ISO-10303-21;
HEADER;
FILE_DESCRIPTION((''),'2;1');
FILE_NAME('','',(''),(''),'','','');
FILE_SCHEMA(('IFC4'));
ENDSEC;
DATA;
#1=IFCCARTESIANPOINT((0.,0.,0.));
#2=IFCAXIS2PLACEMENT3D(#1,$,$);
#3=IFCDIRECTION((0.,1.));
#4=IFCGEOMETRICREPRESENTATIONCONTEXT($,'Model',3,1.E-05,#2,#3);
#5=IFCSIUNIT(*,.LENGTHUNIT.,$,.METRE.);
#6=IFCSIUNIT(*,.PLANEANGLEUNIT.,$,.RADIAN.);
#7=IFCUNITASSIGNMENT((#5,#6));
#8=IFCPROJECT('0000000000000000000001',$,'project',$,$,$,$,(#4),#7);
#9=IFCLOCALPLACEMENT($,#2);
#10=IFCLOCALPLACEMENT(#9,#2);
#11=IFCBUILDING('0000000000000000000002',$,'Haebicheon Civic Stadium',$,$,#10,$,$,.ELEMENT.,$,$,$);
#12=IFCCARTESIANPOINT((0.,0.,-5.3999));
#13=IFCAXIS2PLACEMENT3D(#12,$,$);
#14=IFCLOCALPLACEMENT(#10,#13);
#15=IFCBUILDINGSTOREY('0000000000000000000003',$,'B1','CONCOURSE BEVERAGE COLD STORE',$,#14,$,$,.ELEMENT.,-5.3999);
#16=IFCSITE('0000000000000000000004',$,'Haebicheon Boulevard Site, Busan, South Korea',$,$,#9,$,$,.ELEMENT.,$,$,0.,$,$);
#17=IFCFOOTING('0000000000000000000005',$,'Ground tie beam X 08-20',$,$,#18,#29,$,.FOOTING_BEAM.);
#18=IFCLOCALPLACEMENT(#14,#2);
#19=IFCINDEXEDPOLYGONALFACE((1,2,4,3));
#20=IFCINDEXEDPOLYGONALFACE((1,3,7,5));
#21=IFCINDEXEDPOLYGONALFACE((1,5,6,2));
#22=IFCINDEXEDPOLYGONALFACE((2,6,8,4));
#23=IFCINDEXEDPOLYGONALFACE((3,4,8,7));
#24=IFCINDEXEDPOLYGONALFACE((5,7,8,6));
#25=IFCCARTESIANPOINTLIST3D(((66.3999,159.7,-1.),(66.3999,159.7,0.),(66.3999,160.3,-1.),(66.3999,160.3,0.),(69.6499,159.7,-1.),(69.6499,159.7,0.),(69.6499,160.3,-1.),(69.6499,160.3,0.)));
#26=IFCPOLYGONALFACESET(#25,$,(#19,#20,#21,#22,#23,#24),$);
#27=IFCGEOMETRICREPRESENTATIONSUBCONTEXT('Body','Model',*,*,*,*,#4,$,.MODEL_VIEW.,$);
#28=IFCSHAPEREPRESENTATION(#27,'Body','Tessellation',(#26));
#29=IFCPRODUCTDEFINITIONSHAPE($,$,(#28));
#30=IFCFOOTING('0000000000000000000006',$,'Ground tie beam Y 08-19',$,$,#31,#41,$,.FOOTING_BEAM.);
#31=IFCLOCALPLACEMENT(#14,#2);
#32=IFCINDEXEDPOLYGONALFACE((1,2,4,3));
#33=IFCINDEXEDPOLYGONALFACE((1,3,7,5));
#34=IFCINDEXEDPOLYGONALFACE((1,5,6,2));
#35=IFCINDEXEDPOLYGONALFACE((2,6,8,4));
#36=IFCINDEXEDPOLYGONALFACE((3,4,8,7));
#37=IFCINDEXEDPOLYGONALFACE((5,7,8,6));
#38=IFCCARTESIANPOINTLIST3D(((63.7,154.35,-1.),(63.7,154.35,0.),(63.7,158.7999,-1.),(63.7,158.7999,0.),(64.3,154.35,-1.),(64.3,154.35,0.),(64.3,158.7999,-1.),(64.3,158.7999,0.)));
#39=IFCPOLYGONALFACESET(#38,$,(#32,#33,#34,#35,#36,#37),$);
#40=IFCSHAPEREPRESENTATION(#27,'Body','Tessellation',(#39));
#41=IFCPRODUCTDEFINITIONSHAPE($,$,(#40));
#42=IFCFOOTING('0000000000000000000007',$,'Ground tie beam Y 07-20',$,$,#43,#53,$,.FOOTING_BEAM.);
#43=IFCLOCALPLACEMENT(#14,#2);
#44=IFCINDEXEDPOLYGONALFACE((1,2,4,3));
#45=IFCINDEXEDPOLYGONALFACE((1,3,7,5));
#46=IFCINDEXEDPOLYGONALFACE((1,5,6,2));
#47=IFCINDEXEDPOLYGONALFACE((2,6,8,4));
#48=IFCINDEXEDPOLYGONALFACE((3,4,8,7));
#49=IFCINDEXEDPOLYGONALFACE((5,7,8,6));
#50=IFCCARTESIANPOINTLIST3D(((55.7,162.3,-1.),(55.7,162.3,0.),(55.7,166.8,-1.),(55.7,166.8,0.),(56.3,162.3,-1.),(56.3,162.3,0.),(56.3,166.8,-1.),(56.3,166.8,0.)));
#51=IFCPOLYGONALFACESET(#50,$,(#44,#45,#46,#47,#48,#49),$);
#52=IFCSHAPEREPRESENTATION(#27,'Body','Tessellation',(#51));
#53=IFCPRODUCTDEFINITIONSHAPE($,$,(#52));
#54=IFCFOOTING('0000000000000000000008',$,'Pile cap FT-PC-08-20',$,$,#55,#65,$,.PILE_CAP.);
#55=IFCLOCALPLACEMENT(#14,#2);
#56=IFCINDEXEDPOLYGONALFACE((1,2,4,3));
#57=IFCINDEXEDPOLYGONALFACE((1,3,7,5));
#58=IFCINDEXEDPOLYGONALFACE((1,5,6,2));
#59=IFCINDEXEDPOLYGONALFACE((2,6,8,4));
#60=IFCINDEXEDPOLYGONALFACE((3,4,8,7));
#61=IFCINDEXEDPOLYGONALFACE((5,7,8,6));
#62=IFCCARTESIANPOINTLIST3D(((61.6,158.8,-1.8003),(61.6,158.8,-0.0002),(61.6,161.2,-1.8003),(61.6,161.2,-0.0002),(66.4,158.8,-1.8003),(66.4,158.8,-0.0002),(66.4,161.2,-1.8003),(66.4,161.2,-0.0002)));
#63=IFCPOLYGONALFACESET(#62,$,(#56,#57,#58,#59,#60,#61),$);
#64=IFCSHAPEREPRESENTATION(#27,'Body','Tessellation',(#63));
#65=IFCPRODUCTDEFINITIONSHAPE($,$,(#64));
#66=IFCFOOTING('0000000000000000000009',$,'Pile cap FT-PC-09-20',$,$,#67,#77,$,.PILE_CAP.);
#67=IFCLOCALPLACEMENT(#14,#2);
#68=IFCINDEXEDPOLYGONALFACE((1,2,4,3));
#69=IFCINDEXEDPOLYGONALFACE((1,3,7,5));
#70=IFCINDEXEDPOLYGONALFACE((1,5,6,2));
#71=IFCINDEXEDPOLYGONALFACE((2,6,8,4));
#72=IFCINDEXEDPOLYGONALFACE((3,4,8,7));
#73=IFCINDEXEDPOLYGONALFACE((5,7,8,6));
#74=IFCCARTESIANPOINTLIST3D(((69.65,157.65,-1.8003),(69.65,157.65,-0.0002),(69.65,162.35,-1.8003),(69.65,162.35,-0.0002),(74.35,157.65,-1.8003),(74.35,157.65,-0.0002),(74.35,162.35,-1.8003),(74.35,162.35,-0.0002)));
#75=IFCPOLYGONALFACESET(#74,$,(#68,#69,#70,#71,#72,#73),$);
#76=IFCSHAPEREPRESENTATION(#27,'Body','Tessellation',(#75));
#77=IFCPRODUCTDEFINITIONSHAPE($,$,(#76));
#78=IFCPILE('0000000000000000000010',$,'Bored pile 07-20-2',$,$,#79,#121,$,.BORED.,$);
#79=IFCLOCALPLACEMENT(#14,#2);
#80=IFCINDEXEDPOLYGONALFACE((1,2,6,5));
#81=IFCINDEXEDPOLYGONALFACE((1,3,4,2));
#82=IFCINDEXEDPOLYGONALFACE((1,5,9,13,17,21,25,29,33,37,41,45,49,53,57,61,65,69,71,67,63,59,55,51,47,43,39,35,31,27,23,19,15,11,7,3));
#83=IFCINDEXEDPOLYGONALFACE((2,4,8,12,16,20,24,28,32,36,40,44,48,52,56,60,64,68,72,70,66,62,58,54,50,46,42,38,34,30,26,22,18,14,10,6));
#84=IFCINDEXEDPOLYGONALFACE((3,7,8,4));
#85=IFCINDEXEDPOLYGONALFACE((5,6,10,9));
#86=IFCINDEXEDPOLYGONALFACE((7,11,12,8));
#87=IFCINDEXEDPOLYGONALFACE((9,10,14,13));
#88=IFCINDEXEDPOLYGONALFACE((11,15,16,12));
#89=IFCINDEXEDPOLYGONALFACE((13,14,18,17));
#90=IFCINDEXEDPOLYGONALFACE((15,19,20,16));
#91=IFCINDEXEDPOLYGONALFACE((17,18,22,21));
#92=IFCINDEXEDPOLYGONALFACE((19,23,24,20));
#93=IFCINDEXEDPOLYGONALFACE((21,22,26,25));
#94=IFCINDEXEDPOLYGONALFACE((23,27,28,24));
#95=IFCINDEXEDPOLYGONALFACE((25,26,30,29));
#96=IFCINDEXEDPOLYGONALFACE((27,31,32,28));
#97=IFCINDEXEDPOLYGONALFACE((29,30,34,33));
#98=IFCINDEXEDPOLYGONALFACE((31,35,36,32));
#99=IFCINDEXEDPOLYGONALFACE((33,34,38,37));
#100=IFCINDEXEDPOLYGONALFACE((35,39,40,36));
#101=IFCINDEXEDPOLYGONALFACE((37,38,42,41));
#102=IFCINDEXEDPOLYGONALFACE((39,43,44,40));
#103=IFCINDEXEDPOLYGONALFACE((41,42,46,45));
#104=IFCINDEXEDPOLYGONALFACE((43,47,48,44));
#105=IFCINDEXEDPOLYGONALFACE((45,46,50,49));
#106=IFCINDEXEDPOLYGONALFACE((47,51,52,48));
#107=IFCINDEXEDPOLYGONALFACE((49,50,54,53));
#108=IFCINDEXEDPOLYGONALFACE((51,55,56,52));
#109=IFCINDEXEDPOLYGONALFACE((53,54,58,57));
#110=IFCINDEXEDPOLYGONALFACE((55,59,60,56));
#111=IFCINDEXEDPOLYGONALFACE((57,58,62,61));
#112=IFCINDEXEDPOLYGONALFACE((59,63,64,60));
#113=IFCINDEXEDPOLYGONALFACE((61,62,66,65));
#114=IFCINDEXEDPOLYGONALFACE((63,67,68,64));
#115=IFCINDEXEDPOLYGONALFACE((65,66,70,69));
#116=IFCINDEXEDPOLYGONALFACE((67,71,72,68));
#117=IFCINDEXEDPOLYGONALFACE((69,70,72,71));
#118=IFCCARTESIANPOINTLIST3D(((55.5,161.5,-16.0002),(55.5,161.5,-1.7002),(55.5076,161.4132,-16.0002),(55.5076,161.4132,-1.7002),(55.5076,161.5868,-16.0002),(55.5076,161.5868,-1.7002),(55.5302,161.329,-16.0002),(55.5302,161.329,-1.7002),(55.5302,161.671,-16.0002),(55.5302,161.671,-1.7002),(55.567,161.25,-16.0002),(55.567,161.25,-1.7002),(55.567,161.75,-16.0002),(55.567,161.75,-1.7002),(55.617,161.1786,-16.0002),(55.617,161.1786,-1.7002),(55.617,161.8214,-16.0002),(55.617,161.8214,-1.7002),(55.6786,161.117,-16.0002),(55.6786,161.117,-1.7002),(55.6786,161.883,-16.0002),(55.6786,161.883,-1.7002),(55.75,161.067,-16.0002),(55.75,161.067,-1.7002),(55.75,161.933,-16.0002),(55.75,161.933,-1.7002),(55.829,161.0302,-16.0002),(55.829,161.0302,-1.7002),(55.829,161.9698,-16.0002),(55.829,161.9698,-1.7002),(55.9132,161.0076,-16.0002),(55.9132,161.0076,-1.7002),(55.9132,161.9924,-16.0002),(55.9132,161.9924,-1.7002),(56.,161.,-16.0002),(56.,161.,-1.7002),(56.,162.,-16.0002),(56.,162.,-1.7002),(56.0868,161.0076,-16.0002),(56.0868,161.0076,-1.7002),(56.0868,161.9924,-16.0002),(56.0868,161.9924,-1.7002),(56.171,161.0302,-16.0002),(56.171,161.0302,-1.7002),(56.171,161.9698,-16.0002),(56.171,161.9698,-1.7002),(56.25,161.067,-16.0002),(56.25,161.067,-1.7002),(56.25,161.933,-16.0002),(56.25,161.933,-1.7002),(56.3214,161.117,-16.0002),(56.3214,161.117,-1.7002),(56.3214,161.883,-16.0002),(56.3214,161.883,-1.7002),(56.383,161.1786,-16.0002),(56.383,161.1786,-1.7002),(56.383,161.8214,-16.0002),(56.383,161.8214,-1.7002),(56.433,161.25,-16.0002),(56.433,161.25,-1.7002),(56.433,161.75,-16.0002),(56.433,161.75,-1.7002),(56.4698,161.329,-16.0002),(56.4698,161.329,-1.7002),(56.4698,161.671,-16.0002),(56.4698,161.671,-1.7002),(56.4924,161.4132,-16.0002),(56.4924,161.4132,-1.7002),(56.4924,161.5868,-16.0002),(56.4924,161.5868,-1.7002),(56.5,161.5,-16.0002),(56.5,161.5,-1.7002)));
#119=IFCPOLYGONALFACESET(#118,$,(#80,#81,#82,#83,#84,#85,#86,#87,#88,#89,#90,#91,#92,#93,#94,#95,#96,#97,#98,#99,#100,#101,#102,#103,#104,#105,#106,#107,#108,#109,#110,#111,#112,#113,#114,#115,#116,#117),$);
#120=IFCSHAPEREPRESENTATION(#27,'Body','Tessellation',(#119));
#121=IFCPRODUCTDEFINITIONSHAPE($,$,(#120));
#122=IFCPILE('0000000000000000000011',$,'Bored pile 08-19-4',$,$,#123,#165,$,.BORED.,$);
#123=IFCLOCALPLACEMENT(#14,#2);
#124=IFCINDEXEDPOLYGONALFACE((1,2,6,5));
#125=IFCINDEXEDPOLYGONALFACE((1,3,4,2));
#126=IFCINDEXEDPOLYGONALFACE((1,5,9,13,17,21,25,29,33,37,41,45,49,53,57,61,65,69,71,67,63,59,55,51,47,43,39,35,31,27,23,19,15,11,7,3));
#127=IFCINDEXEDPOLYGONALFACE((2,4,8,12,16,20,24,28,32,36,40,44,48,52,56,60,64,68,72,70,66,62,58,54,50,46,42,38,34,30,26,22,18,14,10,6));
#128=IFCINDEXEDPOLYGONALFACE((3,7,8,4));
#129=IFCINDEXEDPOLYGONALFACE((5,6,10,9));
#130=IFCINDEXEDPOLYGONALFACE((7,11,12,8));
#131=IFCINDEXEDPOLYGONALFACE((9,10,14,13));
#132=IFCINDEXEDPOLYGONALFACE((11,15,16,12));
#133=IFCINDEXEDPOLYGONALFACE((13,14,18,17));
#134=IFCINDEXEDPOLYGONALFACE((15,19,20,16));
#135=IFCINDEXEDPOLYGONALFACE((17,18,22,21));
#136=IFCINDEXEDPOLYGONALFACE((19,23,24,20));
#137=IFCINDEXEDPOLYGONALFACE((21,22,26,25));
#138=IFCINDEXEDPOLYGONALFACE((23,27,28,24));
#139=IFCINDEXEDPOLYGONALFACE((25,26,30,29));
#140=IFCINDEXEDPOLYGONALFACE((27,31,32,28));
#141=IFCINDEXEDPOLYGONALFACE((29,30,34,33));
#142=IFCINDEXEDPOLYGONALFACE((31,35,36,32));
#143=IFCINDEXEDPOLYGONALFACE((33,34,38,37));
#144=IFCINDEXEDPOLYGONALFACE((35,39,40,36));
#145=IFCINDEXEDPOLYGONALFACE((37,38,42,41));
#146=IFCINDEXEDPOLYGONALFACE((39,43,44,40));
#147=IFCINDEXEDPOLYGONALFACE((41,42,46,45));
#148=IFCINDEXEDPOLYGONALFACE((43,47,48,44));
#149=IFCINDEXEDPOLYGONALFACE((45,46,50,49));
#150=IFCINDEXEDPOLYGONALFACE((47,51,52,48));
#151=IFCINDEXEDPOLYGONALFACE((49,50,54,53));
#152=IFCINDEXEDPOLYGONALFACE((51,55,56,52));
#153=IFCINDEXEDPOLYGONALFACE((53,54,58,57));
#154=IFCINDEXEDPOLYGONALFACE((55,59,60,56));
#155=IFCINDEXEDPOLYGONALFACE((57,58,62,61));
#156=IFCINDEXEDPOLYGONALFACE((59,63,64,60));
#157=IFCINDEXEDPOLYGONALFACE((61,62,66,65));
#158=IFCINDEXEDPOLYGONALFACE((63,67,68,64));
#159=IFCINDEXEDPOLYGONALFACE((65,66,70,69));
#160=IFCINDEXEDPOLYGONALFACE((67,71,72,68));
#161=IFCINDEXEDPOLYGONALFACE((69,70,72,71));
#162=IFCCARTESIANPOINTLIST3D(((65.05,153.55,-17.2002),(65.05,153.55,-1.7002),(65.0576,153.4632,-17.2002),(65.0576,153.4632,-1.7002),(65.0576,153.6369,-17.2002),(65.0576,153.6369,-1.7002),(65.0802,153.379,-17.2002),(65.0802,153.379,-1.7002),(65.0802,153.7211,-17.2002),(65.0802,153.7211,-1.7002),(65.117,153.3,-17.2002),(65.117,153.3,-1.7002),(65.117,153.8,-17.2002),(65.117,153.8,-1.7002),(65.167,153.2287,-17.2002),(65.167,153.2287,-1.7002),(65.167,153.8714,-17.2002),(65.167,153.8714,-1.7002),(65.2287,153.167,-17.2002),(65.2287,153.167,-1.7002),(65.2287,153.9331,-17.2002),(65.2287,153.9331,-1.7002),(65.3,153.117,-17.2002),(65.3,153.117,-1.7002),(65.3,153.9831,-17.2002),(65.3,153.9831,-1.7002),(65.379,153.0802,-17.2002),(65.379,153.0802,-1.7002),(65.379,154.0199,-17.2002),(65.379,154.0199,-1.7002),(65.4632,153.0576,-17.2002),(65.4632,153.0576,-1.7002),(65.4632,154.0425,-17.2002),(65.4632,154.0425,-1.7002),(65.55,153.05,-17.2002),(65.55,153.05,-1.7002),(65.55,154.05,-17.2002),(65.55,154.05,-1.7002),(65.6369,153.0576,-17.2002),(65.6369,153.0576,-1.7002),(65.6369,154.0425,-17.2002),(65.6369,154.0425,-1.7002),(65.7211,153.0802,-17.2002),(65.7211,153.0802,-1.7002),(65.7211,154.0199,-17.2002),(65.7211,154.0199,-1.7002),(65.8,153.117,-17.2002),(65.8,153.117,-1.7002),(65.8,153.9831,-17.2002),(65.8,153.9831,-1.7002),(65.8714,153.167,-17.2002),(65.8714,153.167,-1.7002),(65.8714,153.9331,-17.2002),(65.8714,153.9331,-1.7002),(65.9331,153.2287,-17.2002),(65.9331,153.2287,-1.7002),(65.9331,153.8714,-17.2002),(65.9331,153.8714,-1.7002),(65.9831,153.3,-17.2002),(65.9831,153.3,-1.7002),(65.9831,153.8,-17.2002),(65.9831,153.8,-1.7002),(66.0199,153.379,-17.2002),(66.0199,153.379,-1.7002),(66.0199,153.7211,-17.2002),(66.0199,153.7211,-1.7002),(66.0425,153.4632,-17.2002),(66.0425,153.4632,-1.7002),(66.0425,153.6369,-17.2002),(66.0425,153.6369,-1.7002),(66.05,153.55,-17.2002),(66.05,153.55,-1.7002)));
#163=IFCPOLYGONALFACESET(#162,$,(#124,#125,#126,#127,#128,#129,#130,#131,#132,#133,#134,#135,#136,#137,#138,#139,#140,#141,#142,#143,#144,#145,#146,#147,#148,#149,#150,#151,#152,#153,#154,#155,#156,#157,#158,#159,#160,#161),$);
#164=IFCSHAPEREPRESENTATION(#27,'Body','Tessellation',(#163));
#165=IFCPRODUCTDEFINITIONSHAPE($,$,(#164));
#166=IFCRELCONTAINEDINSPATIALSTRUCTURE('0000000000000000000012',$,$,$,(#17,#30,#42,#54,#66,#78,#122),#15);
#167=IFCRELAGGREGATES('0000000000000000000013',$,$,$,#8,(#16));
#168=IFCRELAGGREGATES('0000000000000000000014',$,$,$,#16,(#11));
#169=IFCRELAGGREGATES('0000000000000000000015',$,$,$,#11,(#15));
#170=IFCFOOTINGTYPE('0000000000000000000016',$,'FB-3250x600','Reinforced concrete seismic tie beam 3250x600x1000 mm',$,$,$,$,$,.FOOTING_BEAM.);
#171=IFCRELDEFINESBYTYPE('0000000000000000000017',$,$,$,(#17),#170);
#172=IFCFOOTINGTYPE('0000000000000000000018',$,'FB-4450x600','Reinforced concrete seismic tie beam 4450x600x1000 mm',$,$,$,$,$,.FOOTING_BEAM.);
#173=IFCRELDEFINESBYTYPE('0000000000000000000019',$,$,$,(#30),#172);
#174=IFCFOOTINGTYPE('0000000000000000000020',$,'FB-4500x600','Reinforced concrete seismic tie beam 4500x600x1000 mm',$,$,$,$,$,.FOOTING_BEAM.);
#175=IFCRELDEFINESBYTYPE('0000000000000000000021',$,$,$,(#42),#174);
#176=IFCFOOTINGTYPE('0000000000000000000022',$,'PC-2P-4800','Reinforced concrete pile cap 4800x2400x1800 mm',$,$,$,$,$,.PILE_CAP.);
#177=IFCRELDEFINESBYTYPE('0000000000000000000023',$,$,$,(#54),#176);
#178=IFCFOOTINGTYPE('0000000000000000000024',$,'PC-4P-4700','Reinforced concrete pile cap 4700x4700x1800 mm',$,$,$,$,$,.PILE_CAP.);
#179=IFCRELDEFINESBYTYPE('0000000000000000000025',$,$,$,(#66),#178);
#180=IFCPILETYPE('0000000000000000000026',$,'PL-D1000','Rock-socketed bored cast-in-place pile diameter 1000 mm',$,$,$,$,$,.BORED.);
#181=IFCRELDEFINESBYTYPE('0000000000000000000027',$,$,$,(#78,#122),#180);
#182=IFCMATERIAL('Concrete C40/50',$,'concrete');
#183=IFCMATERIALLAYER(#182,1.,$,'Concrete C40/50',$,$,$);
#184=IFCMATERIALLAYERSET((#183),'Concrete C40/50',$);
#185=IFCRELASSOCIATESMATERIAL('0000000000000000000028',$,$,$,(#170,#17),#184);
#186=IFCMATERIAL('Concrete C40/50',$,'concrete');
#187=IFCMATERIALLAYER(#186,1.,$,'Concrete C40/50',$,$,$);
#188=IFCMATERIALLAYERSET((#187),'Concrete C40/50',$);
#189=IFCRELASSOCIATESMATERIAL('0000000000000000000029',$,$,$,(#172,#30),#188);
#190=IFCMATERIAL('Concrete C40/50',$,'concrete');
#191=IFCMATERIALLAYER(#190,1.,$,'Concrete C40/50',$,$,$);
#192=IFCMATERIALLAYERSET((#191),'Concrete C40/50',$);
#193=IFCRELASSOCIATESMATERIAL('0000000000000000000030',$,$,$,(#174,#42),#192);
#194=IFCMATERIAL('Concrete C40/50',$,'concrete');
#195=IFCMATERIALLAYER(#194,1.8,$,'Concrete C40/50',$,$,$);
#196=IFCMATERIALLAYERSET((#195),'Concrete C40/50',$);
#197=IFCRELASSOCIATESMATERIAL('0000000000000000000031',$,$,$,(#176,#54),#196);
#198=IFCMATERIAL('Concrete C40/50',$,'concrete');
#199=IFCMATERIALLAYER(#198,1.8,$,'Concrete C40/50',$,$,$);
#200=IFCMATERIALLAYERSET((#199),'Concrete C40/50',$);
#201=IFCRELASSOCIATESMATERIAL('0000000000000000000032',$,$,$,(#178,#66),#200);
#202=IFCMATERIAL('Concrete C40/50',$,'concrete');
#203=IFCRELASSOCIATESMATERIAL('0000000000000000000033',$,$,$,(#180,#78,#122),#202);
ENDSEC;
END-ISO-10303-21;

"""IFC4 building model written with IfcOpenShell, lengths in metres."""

from ifc_helpers import new_model, si_unit, direction, frame, origin, origin_2d, place, context, subcontext, project, spatial, rectangle, circle, extrude, material, layer, layer_set, material_profile, profile_set, type_object, element, save


model = new_model("IFC4")

# Units and contexts
model_context = context("Model", 3, precision=1e-05, world=origin(), true_north=direction((0.0, 1.0)))
body_context = subcontext(model_context, "Body", "Model", "MODEL_VIEW")
ifc_project = project(units=[si_unit("LENGTHUNIT", "METRE"), si_unit("PLANEANGLEUNIT", "RADIAN")], contexts=[model_context])

# Site, building, storey
site_placement = place(None, origin())
site = spatial("IfcSite", under=ifc_project, at=site_placement, Name="Haebicheon Boulevard Site, Busan, South Korea", CompositionType="ELEMENT", RefElevation=0.0)
building_placement = place(site_placement, origin())
building = spatial("IfcBuilding", under=site, at=building_placement, Name="Haebicheon Civic Stadium", CompositionType="ELEMENT")
storey_placement = place(building_placement, frame((0.0, 0.0, -5.3999)))
storey = spatial("IfcBuildingStorey", under=building, at=storey_placement, Name="B1", Description="CONCOURSE BEVERAGE COLD STORE", CompositionType="ELEMENT", Elevation=-5.3999)

# Footings
ifc_material_1 = material(Name="Concrete C40/50", Category="concrete")
ifc_layer_1 = layer(ifc_material_1, 1.0, Name="Concrete C40/50")
ifc_layer_set_1 = layer_set([ifc_layer_1], Name="Concrete C40/50")
footing_type_1 = type_object("IfcFootingType", Name="FB-3250x600", Description="Reinforced concrete seismic tie beam 3250x600x1000 mm", PredefinedType="FOOTING_BEAM", material=ifc_layer_set_1)
footing_1_placement = place(storey_placement, frame((68.0249, 160.0, -1.0), z_axis=(0.0, 0.0, 1.0), x_axis=(1.0, 0.0, 0.0)))
element("IfcFooting", 1, at=footing_1_placement, inside=storey, type_object=footing_type_1, material=ifc_layer_set_1, Name="Ground tie beam X 08-20", PredefinedType="FOOTING_BEAM", context=body_context, shape_type="SweptSolid", body=[
    extrude(rectangle(XDim=3.25, YDim=0.6001, at=origin_2d()), origin(), (0.0, 0.0, 1.0), 1.0),
])
ifc_material_2 = material(Name="Concrete C40/50", Category="concrete")
ifc_layer_2 = layer(ifc_material_2, 1.0, Name="Concrete C40/50")
ifc_layer_set_2 = layer_set([ifc_layer_2], Name="Concrete C40/50")
footing_type_2 = type_object("IfcFootingType", Name="FB-4450x600", Description="Reinforced concrete seismic tie beam 4450x600x1000 mm", PredefinedType="FOOTING_BEAM", material=ifc_layer_set_2)
footing_2_placement = place(storey_placement, frame((64.0, 156.575, -1.0), z_axis=(0.0, 0.0, 1.0), x_axis=(0.0, 1.0, 0.0)))
element("IfcFooting", 2, at=footing_2_placement, inside=storey, type_object=footing_type_2, material=ifc_layer_set_2, Name="Ground tie beam Y 08-19", PredefinedType="FOOTING_BEAM", context=body_context, shape_type="SweptSolid", body=[
    extrude(rectangle(XDim=4.45, YDim=0.6001, at=origin_2d()), origin(), (0.0, 0.0, 1.0), 1.0),
])
ifc_material_3 = material(Name="Concrete C40/50", Category="concrete")
ifc_layer_3 = layer(ifc_material_3, 1.0, Name="Concrete C40/50")
ifc_layer_set_3 = layer_set([ifc_layer_3], Name="Concrete C40/50")
footing_type_3 = type_object("IfcFootingType", Name="FB-4500x600", Description="Reinforced concrete seismic tie beam 4500x600x1000 mm", PredefinedType="FOOTING_BEAM", material=ifc_layer_set_3)
footing_3_placement = place(storey_placement, frame((56.0, 164.55, -1.0), z_axis=(0.0, 0.0, 1.0), x_axis=(0.0, 1.0, 0.0)))
element("IfcFooting", 3, at=footing_3_placement, inside=storey, type_object=footing_type_3, material=ifc_layer_set_3, Name="Ground tie beam Y 07-20", PredefinedType="FOOTING_BEAM", context=body_context, shape_type="SweptSolid", body=[
    extrude(rectangle(XDim=4.5, YDim=0.6001, at=origin_2d()), origin(), (0.0, 0.0, 1.0), 1.0),
])
ifc_material_4 = material(Name="Concrete C40/50", Category="concrete")
ifc_layer_4 = layer(ifc_material_4, 1.8, Name="Concrete C40/50")
ifc_layer_set_4 = layer_set([ifc_layer_4], Name="Concrete C40/50")
footing_type_4 = type_object("IfcFootingType", Name="PC-2P-4800", Description="Reinforced concrete pile cap 4800x2400x1800 mm", PredefinedType="PILE_CAP", material=ifc_layer_set_4)
footing_4_placement = place(storey_placement, frame((64.0, 160.0, -1.8003), z_axis=(0.0, 0.0, 1.0), x_axis=(1.0, 0.0, 0.0)))
element("IfcFooting", 4, at=footing_4_placement, inside=storey, type_object=footing_type_4, material=ifc_layer_set_4, Name="Pile cap FT-PC-08-20", PredefinedType="PILE_CAP", context=body_context, shape_type="SweptSolid", body=[
    extrude(rectangle(XDim=4.8, YDim=2.3999, at=origin_2d()), origin(), (0.0, 0.0, 1.0), 1.8),
])
ifc_material_5 = material(Name="Concrete C40/50", Category="concrete")
ifc_layer_5 = layer(ifc_material_5, 1.8, Name="Concrete C40/50")
ifc_layer_set_5 = layer_set([ifc_layer_5], Name="Concrete C40/50")
footing_type_5 = type_object("IfcFootingType", Name="PC-4P-4700", Description="Reinforced concrete pile cap 4700x4700x1800 mm", PredefinedType="PILE_CAP", material=ifc_layer_set_5)
footing_5_placement = place(storey_placement, frame((72.0, 160.0, -1.8003), z_axis=(0.0, 0.0, 1.0), x_axis=(1.0, 0.0, 0.0)))
element("IfcFooting", 5, at=footing_5_placement, inside=storey, type_object=footing_type_5, material=ifc_layer_set_5, Name="Pile cap FT-PC-09-20", PredefinedType="PILE_CAP", context=body_context, shape_type="SweptSolid", body=[
    extrude(rectangle(XDim=4.7, YDim=4.7, at=origin_2d()), origin(), (0.0, 0.0, 1.0), 1.8),
])

# Piles
ifc_material_6 = material(Name="Concrete C40/50", Category="concrete")
ifc_material_profile_1 = material_profile(ifc_material_6, circle(Radius=0.5, at=origin_2d()), Name="PILE-D1000")
ifc_profile_set_1 = profile_set([ifc_material_profile_1], Name="Concrete C40/50")
pile_type = type_object("IfcPileType", Name="PL-D1000", Description="Rock-socketed bored cast-in-place pile diameter 1000 mm", PredefinedType="BORED", material=ifc_profile_set_1)
pile_1_placement = place(storey_placement, frame((56.0, 161.5, -1.7002), z_axis=(0.0, 0.0, -1.0), x_axis=(1.0, 0.0, 0.0)))
element("IfcPile", 6, at=pile_1_placement, inside=storey, type_object=pile_type, material=ifc_profile_set_1, Name="Bored pile 07-20-2", PredefinedType="BORED", context=body_context, shape_type="SweptSolid", body=[
    extrude(circle(Radius=0.5, at=origin_2d()), origin(), (0.0, 0.0, 1.0), 14.3),
])
pile_2_placement = place(storey_placement, frame((65.55, 153.55, -1.7002), z_axis=(0.0, 0.0, -1.0), x_axis=(1.0, 0.0, 0.0)))
element("IfcPile", 7, at=pile_2_placement, inside=storey, type_object=pile_type, material=ifc_profile_set_1, Name="Bored pile 08-19-4", PredefinedType="BORED", context=body_context, shape_type="SweptSolid", body=[
    extrude(circle(Radius=0.5, at=origin_2d()), origin(), (0.0, 0.0, 1.0), 15.5),
])

save(model, "model.ifc")
